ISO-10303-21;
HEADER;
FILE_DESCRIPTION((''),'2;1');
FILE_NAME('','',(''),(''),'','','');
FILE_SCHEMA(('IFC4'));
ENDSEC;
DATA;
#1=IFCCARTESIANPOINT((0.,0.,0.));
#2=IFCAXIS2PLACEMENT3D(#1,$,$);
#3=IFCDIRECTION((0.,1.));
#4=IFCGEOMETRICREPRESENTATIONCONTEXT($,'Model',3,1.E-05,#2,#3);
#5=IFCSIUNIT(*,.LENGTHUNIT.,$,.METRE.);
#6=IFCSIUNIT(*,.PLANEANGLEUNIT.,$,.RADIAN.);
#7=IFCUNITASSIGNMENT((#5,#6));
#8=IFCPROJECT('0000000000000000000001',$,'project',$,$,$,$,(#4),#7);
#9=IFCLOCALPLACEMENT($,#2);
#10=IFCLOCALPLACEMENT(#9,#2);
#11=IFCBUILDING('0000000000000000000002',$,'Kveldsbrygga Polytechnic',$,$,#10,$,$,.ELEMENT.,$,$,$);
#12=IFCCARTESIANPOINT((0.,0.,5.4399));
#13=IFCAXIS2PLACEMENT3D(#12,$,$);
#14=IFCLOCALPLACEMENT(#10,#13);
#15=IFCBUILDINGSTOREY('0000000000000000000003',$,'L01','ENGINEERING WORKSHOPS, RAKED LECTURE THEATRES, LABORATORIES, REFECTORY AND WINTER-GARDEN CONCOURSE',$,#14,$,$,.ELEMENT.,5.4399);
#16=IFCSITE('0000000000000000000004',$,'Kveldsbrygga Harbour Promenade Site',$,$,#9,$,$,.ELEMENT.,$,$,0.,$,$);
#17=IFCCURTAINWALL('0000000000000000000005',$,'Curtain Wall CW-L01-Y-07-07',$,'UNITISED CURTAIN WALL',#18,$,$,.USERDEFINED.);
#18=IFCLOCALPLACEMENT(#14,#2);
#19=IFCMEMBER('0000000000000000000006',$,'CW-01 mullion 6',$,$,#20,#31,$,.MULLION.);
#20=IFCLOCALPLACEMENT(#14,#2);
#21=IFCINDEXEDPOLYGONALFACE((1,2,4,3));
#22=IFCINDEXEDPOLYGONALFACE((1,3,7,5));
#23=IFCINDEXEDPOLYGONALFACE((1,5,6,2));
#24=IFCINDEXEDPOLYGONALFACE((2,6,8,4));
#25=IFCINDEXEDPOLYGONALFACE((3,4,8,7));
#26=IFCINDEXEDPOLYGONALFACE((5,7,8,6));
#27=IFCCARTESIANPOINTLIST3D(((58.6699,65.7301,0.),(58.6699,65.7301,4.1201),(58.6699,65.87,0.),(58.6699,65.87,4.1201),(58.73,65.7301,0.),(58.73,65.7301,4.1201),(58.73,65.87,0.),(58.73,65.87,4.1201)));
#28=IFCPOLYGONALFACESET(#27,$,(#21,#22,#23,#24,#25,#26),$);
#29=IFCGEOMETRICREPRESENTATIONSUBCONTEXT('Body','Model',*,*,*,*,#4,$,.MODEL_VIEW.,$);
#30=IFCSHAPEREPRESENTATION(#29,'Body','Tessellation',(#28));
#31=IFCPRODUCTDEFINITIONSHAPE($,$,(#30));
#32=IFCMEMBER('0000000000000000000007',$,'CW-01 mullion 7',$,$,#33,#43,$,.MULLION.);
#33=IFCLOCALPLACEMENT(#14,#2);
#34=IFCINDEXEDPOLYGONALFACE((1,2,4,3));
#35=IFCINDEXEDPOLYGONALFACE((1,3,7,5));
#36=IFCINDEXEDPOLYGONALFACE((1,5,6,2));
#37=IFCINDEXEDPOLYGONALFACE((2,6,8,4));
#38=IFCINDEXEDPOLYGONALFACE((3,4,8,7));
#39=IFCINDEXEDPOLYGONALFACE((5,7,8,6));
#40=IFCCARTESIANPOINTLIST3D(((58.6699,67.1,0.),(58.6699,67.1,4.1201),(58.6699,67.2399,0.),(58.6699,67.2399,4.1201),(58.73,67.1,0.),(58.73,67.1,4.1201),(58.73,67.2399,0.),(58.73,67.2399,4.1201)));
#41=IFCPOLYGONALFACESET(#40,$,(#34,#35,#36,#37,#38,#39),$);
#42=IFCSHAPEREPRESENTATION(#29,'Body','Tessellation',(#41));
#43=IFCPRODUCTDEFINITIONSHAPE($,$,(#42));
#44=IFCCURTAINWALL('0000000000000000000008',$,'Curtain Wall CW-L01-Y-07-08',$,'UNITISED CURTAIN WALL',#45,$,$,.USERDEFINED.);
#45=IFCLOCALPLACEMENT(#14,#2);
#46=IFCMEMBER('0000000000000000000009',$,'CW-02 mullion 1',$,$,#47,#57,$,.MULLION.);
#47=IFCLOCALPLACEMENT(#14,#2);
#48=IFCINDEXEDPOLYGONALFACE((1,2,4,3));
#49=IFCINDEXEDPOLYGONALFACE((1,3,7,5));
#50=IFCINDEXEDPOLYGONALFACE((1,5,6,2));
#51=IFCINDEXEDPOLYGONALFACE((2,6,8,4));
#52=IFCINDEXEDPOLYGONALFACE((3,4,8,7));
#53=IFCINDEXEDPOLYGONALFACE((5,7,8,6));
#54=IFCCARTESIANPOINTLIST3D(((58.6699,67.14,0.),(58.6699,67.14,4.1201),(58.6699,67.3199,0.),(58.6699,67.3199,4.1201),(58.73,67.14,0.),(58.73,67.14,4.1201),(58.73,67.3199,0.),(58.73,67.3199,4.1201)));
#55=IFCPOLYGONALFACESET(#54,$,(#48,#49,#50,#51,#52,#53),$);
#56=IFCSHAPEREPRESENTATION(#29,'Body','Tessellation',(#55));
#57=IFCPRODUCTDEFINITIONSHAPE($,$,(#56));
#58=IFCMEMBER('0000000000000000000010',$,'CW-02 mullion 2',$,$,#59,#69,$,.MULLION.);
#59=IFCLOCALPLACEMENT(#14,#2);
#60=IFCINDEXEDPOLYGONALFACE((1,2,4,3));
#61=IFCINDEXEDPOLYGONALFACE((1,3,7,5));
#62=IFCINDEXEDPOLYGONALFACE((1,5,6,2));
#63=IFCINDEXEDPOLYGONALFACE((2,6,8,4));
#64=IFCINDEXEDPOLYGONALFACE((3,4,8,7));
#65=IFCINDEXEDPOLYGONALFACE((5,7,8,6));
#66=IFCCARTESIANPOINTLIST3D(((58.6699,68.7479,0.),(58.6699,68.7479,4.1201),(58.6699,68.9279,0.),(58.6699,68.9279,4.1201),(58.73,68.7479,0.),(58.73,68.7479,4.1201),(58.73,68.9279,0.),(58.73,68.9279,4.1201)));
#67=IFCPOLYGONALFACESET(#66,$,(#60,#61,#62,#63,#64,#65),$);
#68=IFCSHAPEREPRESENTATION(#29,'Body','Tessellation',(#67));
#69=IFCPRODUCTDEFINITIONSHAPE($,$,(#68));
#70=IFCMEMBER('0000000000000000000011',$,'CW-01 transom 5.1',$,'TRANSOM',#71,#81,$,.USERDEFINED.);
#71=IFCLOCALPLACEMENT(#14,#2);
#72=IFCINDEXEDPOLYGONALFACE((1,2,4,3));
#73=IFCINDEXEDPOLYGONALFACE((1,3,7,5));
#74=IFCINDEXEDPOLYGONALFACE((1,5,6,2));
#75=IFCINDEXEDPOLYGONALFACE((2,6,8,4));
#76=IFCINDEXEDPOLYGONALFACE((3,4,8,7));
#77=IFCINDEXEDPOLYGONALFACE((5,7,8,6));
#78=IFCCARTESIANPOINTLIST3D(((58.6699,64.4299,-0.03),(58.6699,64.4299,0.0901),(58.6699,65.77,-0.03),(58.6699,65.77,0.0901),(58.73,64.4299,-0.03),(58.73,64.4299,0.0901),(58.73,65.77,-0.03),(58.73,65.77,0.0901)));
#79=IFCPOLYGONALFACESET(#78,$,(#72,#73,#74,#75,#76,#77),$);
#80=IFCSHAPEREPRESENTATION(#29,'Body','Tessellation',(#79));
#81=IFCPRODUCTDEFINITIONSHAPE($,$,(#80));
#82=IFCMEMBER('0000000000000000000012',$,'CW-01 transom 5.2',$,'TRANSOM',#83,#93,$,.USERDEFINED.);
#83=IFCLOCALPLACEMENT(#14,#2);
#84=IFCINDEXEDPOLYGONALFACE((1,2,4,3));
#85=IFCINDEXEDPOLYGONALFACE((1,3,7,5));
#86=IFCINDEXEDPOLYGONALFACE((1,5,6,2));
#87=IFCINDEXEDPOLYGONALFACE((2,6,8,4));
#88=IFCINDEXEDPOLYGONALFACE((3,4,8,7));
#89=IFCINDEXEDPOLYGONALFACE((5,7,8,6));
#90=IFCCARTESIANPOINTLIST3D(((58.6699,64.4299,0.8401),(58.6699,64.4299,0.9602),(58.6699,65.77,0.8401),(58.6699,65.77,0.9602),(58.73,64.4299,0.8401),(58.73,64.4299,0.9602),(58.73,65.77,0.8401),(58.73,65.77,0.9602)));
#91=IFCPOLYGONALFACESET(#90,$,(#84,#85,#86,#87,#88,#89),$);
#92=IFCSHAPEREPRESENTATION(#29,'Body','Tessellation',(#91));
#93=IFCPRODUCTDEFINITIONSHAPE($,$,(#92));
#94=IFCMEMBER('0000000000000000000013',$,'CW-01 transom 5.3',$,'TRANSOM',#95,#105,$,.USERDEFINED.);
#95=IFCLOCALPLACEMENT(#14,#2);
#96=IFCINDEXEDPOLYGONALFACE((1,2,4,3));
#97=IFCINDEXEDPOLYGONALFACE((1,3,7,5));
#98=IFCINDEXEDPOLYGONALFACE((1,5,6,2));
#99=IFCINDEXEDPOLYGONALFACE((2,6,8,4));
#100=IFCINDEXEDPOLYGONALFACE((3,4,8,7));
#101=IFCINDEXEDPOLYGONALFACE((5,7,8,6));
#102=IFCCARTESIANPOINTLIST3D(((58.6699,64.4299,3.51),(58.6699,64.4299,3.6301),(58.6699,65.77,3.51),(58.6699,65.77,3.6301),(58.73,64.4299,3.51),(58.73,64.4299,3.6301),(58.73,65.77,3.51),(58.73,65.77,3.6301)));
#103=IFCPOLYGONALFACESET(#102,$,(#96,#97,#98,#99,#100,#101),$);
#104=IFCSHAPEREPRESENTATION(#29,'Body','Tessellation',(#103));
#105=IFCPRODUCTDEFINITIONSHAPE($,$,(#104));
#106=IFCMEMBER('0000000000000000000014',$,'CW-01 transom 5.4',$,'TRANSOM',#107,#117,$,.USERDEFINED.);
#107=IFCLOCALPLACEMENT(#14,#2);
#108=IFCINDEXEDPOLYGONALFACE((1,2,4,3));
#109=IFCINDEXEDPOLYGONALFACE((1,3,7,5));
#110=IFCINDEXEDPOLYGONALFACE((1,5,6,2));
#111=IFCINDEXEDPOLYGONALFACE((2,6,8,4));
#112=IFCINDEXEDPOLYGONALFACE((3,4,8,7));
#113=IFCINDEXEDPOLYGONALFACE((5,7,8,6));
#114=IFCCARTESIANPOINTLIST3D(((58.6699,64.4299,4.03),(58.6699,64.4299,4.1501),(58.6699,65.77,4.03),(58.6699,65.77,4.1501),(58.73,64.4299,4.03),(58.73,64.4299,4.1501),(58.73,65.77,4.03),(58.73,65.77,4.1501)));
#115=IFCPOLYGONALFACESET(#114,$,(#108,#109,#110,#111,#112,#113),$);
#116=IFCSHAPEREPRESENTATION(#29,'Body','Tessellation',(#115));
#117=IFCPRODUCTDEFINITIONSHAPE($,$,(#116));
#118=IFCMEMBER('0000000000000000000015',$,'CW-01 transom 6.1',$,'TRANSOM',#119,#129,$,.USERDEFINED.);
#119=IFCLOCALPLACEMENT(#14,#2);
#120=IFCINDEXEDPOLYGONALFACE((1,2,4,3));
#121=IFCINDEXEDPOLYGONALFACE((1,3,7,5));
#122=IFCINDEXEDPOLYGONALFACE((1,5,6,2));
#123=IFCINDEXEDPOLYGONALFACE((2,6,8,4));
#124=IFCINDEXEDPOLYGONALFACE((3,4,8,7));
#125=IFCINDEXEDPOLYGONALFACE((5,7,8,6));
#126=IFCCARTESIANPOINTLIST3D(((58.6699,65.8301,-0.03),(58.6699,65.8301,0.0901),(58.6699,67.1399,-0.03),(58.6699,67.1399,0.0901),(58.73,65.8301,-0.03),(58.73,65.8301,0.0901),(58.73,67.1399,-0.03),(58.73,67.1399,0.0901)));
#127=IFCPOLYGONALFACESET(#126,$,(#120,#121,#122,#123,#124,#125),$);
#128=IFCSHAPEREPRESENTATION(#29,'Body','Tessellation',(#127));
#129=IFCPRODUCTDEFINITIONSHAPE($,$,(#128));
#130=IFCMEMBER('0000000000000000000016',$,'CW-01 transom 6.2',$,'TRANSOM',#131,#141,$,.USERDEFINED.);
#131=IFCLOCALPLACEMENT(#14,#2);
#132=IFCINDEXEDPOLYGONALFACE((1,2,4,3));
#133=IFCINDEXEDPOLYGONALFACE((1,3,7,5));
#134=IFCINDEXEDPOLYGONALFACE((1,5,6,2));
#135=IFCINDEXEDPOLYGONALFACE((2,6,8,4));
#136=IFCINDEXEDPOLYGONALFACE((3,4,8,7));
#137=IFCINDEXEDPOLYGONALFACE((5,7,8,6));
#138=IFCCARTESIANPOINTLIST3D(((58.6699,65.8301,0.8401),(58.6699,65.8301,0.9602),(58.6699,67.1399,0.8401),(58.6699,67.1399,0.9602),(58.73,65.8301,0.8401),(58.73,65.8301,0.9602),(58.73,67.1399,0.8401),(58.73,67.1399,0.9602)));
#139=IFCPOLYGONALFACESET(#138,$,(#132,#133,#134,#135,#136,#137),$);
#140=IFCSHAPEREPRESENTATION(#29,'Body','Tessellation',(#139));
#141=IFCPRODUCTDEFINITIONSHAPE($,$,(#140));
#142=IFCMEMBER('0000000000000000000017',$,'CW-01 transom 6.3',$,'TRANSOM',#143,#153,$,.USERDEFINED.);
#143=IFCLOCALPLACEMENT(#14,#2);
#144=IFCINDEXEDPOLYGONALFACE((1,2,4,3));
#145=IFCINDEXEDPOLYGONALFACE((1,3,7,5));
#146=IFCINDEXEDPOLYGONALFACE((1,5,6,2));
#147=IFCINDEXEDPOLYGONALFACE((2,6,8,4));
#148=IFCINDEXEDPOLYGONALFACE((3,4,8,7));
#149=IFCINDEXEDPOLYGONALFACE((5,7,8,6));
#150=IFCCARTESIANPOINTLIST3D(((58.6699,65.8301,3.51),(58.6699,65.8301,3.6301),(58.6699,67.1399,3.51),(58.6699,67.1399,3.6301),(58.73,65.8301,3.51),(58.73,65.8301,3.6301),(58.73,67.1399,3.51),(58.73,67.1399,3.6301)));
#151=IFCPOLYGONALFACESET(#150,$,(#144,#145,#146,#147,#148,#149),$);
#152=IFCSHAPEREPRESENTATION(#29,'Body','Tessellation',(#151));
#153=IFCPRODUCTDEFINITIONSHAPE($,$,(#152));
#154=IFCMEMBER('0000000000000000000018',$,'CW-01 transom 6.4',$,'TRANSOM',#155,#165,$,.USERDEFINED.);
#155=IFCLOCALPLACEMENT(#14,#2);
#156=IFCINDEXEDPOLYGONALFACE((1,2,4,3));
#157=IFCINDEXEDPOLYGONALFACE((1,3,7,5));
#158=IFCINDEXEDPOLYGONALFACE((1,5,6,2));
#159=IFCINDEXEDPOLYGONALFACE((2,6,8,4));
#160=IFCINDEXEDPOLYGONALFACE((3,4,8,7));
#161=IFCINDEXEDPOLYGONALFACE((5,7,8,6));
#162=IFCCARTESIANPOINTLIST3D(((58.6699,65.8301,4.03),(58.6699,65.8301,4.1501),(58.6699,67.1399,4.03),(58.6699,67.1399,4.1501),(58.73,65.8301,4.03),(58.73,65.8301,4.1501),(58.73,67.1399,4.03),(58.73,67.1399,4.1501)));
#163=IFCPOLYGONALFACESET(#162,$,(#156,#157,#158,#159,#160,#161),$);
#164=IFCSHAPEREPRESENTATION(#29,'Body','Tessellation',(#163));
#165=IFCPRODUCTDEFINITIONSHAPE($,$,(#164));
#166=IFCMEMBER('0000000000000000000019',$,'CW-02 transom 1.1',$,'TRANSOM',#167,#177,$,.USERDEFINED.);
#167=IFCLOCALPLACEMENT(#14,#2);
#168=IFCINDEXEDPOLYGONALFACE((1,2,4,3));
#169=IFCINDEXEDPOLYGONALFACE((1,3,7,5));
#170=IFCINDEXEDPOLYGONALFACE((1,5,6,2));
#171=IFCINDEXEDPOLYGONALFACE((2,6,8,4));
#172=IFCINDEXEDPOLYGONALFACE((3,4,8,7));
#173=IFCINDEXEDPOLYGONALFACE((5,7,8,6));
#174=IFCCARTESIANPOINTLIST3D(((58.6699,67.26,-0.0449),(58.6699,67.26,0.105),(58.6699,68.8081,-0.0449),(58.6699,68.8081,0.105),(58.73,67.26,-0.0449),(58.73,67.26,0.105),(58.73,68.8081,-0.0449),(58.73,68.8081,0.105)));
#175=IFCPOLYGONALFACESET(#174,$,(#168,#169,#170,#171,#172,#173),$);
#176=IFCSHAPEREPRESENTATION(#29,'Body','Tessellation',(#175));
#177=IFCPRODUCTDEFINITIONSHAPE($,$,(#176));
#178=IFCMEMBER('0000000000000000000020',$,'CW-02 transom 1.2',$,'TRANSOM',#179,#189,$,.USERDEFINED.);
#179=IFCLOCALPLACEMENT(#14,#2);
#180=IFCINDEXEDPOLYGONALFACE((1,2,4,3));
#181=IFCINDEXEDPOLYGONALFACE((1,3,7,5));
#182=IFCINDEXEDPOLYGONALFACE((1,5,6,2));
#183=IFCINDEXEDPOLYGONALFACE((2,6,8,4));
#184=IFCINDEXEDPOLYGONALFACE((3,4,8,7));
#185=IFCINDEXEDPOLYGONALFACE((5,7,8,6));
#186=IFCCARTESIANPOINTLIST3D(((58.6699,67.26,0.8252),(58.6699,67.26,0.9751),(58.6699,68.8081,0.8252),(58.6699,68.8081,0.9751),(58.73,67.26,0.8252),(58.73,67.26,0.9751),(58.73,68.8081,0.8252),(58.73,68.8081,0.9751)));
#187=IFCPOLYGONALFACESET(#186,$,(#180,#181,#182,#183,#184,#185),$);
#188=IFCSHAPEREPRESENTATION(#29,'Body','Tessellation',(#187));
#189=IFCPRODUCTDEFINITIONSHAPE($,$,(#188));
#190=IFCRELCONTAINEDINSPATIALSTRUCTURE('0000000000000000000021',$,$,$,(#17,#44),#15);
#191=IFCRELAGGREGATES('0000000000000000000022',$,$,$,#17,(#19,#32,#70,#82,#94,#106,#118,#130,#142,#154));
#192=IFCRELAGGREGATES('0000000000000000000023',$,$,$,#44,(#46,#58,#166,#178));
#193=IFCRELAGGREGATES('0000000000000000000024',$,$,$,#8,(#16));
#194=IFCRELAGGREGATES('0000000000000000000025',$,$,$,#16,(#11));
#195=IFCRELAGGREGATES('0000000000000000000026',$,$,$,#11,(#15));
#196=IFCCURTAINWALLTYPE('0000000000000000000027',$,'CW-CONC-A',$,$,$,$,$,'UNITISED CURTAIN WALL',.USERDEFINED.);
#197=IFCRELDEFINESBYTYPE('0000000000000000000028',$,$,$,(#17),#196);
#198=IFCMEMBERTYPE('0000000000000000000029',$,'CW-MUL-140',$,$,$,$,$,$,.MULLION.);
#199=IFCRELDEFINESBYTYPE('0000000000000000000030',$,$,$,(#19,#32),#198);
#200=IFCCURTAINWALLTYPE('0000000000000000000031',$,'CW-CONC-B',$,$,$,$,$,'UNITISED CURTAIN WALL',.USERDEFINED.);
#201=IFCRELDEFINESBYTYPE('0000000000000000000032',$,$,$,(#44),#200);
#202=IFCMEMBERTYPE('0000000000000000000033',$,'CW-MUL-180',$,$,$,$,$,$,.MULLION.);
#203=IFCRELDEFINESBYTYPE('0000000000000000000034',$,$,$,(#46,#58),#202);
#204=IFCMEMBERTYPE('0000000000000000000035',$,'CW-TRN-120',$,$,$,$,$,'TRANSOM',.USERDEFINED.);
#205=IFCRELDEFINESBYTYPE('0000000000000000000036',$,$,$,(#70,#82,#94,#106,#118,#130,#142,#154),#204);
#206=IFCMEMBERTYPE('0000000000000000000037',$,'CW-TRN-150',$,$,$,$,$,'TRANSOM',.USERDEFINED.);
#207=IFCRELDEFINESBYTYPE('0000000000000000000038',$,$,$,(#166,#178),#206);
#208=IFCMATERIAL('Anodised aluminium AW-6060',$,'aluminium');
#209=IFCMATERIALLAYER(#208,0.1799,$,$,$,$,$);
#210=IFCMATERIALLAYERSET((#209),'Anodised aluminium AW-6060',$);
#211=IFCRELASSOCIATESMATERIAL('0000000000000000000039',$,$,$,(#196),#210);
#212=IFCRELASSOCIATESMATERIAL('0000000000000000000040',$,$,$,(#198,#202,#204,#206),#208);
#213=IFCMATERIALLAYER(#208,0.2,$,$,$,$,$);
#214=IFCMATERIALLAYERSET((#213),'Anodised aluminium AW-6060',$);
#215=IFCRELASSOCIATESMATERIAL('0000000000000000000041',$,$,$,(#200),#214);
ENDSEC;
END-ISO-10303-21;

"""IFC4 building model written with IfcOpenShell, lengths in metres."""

from ifc_helpers import new_model, si_unit, direction, frame, origin, origin_2d, place, context, subcontext, project, spatial, rectangle, extrude, material, layer, layer_set, material_profile, profile_set, type_object, element, aggregate, save


model = new_model("IFC4")

# Units and contexts
model_context = context("Model", 3, precision=1e-05, world=origin(), true_north=direction((0.0, 1.0)))
body_context = subcontext(model_context, "Body", "Model", "MODEL_VIEW")
ifc_project = project(units=[si_unit("LENGTHUNIT", "METRE"), si_unit("PLANEANGLEUNIT", "RADIAN")], contexts=[model_context])

# Site, building, storey
site_placement = place(None, origin())
site = spatial("IfcSite", under=ifc_project, at=site_placement, Name="Kveldsbrygga Harbour Promenade Site", CompositionType="ELEMENT", RefElevation=0.0)
building_placement = place(site_placement, origin())
building = spatial("IfcBuilding", under=site, at=building_placement, Name="Kveldsbrygga Polytechnic", CompositionType="ELEMENT")
storey_placement = place(building_placement, frame((0.0, 0.0, 5.4399)))
storey = spatial("IfcBuildingStorey", under=building, at=storey_placement, Name="L01", Description="ENGINEERING WORKSHOPS, RAKED LECTURE THEATRES, LABORATORIES, REFECTORY AND WINTER-GARDEN CONCOURSE", CompositionType="ELEMENT", Elevation=5.4399)

# Curtain walls, members
ifc_material_1 = material(Name="Anodised aluminium AW-6060", Category="aluminium")
ifc_layer_1 = layer(ifc_material_1, 0.1799)
ifc_layer_set_1 = layer_set([ifc_layer_1], Name="Anodised aluminium AW-6060")
curtain_wall_type_1 = type_object("IfcCurtainWallType", Name="CW-CONC-A", ElementType="UNITISED CURTAIN WALL", PredefinedType="USERDEFINED", material=ifc_layer_set_1)
curtain_wall_1_placement = place(storey_placement, origin())
curtain_wall_1 = element("IfcCurtainWall", 1, at=curtain_wall_1_placement, inside=storey, type_object=curtain_wall_type_1, Name="Curtain Wall CW-L01-Y-07-07", ObjectType="UNITISED CURTAIN WALL", PredefinedType="USERDEFINED")
ifc_material_profile_1 = material_profile(ifc_material_1, rectangle(XDim=0.0601, YDim=0.1399, at=origin_2d()), Name="ALU 60x140")
ifc_profile_set_1 = profile_set([ifc_material_profile_1], Name="Anodised aluminium AW-6060")
member_type_1 = type_object("IfcMemberType", Name="CW-MUL-140", PredefinedType="MULLION", material=ifc_profile_set_1)
member_1_placement = place(storey_placement, frame((58.7, 65.8, 0.0), z_axis=(0.0, 0.0, 1.0), x_axis=(-1.0, 0.0, 0.0)))
member_1 = element("IfcMember", 2, at=member_1_placement, type_object=member_type_1, Name="CW-01 mullion 6", PredefinedType="MULLION", context=body_context, shape_type="SweptSolid", body=[
    extrude(rectangle(XDim=0.0601, YDim=0.1399, at=origin_2d()), origin(), (0.0, 0.0, 1.0), 4.1201),
])
member_2_placement = place(storey_placement, frame((58.7, 67.1699, 0.0), z_axis=(0.0, 0.0, 1.0), x_axis=(-1.0, 0.0, 0.0)))
member_2 = element("IfcMember", 3, at=member_2_placement, type_object=member_type_1, Name="CW-01 mullion 7", PredefinedType="MULLION", context=body_context, shape_type="SweptSolid", body=[
    extrude(rectangle(XDim=0.0601, YDim=0.1399, at=origin_2d()), origin(), (0.0, 0.0, 1.0), 4.1201),
])
ifc_layer_2 = layer(ifc_material_1, 0.2)
ifc_layer_set_2 = layer_set([ifc_layer_2], Name="Anodised aluminium AW-6060")
curtain_wall_type_2 = type_object("IfcCurtainWallType", Name="CW-CONC-B", ElementType="UNITISED CURTAIN WALL", PredefinedType="USERDEFINED", material=ifc_layer_set_2)
curtain_wall_2_placement = place(storey_placement, origin())
curtain_wall_2 = element("IfcCurtainWall", 4, at=curtain_wall_2_placement, inside=storey, type_object=curtain_wall_type_2, Name="Curtain Wall CW-L01-Y-07-08", ObjectType="UNITISED CURTAIN WALL", PredefinedType="USERDEFINED")
ifc_material_profile_2 = material_profile(ifc_material_1, rectangle(XDim=0.0601, YDim=0.1799, at=origin_2d()), Name="ALU 60x180")
ifc_profile_set_2 = profile_set([ifc_material_profile_2], Name="Anodised aluminium AW-6060")
member_type_2 = type_object("IfcMemberType", Name="CW-MUL-180", PredefinedType="MULLION", material=ifc_profile_set_2)
member_3_placement = place(storey_placement, frame((58.7, 67.23, 0.0), z_axis=(0.0, 0.0, 1.0), x_axis=(-1.0, 0.0, 0.0)))
member_3 = element("IfcMember", 5, at=member_3_placement, type_object=member_type_2, Name="CW-02 mullion 1", PredefinedType="MULLION", context=body_context, shape_type="SweptSolid", body=[
    extrude(rectangle(XDim=0.0601, YDim=0.1799, at=origin_2d()), origin(), (0.0, 0.0, 1.0), 4.1201),
])
member_4_placement = place(storey_placement, frame((58.7, 68.8379, 0.0), z_axis=(0.0, 0.0, 1.0), x_axis=(-1.0, 0.0, 0.0)))
member_4 = element("IfcMember", 6, at=member_4_placement, type_object=member_type_2, Name="CW-02 mullion 2", PredefinedType="MULLION", context=body_context, shape_type="SweptSolid", body=[
    extrude(rectangle(XDim=0.0601, YDim=0.1799, at=origin_2d()), origin(), (0.0, 0.0, 1.0), 4.1201),
])

# Members
ifc_material_profile_3 = material_profile(ifc_material_1, rectangle(XDim=0.0601, YDim=0.1201, at=origin_2d()), Name="ALU 60x120")
ifc_profile_set_3 = profile_set([ifc_material_profile_3], Name="Anodised aluminium AW-6060")
member_type_3 = type_object("IfcMemberType", Name="CW-TRN-120", ElementType="TRANSOM", PredefinedType="USERDEFINED", material=ifc_profile_set_3)
member_5_placement = place(storey_placement, frame((58.7, 64.4299, 0.03), z_axis=(0.0, 1.0, 0.0), x_axis=(-1.0, 0.0, 0.0)))
member_5 = element("IfcMember", 7, at=member_5_placement, type_object=member_type_3, Name="CW-01 transom 5.1", ObjectType="TRANSOM", PredefinedType="USERDEFINED", context=body_context, shape_type="SweptSolid", body=[
    extrude(rectangle(XDim=0.0601, YDim=0.1201, at=origin_2d()), origin(), (0.0, 0.0, 1.0), 1.3401),
])
member_6_placement = place(storey_placement, frame((58.7, 64.4299, 0.9001), z_axis=(0.0, 1.0, 0.0), x_axis=(-1.0, 0.0, 0.0)))
member_6 = element("IfcMember", 8, at=member_6_placement, type_object=member_type_3, Name="CW-01 transom 5.2", ObjectType="TRANSOM", PredefinedType="USERDEFINED", context=body_context, shape_type="SweptSolid", body=[
    extrude(rectangle(XDim=0.0601, YDim=0.1201, at=origin_2d()), origin(), (0.0, 0.0, 1.0), 1.3401),
])
member_7_placement = place(storey_placement, frame((58.7, 64.4299, 3.5701), z_axis=(0.0, 1.0, 0.0), x_axis=(-1.0, 0.0, 0.0)))
member_7 = element("IfcMember", 9, at=member_7_placement, type_object=member_type_3, Name="CW-01 transom 5.3", ObjectType="TRANSOM", PredefinedType="USERDEFINED", context=body_context, shape_type="SweptSolid", body=[
    extrude(rectangle(XDim=0.0601, YDim=0.1201, at=origin_2d()), origin(), (0.0, 0.0, 1.0), 1.3401),
])
member_8_placement = place(storey_placement, frame((58.7, 64.4299, 4.0901), z_axis=(0.0, 1.0, 0.0), x_axis=(-1.0, 0.0, 0.0)))
member_8 = element("IfcMember", 10, at=member_8_placement, type_object=member_type_3, Name="CW-01 transom 5.4", ObjectType="TRANSOM", PredefinedType="USERDEFINED", context=body_context, shape_type="SweptSolid", body=[
    extrude(rectangle(XDim=0.0601, YDim=0.1201, at=origin_2d()), origin(), (0.0, 0.0, 1.0), 1.3401),
])
member_9_placement = place(storey_placement, frame((58.7, 65.8301, 0.03), z_axis=(0.0, 1.0, 0.0), x_axis=(-1.0, 0.0, 0.0)))
member_9 = element("IfcMember", 11, at=member_9_placement, type_object=member_type_3, Name="CW-01 transom 6.1", ObjectType="TRANSOM", PredefinedType="USERDEFINED", context=body_context, shape_type="SweptSolid", body=[
    extrude(rectangle(XDim=0.0601, YDim=0.1201, at=origin_2d()), origin(), (0.0, 0.0, 1.0), 1.3098),
])
member_10_placement = place(storey_placement, frame((58.7, 65.8301, 0.9001), z_axis=(0.0, 1.0, 0.0), x_axis=(-1.0, 0.0, 0.0)))
member_10 = element("IfcMember", 12, at=member_10_placement, type_object=member_type_3, Name="CW-01 transom 6.2", ObjectType="TRANSOM", PredefinedType="USERDEFINED", context=body_context, shape_type="SweptSolid", body=[
    extrude(rectangle(XDim=0.0601, YDim=0.1201, at=origin_2d()), origin(), (0.0, 0.0, 1.0), 1.3098),
])
member_11_placement = place(storey_placement, frame((58.7, 65.8301, 3.5701), z_axis=(0.0, 1.0, 0.0), x_axis=(-1.0, 0.0, 0.0)))
member_11 = element("IfcMember", 13, at=member_11_placement, type_object=member_type_3, Name="CW-01 transom 6.3", ObjectType="TRANSOM", PredefinedType="USERDEFINED", context=body_context, shape_type="SweptSolid", body=[
    extrude(rectangle(XDim=0.0601, YDim=0.1201, at=origin_2d()), origin(), (0.0, 0.0, 1.0), 1.3098),
])
member_12_placement = place(storey_placement, frame((58.7, 65.8301, 4.0901), z_axis=(0.0, 1.0, 0.0), x_axis=(-1.0, 0.0, 0.0)))
member_12 = element("IfcMember", 14, at=member_12_placement, type_object=member_type_3, Name="CW-01 transom 6.4", ObjectType="TRANSOM", PredefinedType="USERDEFINED", context=body_context, shape_type="SweptSolid", body=[
    extrude(rectangle(XDim=0.0601, YDim=0.1201, at=origin_2d()), origin(), (0.0, 0.0, 1.0), 1.3098),
])
ifc_material_profile_4 = material_profile(ifc_material_1, rectangle(XDim=0.0601, YDim=0.1499, at=origin_2d()), Name="ALU 60x150")
ifc_profile_set_4 = profile_set([ifc_material_profile_4], Name="Anodised aluminium AW-6060")
member_type_4 = type_object("IfcMemberType", Name="CW-TRN-150", ElementType="TRANSOM", PredefinedType="USERDEFINED", material=ifc_profile_set_4)
member_13_placement = place(storey_placement, frame((58.7, 67.26, 0.03), z_axis=(0.0, 1.0, 0.0), x_axis=(-1.0, 0.0, 0.0)))
member_13 = element("IfcMember", 15, at=member_13_placement, type_object=member_type_4, Name="CW-02 transom 1.1", ObjectType="TRANSOM", PredefinedType="USERDEFINED", context=body_context, shape_type="SweptSolid", body=[
    extrude(rectangle(XDim=0.0601, YDim=0.1499, at=origin_2d()), origin(), (0.0, 0.0, 1.0), 1.5481),
])
member_14_placement = place(storey_placement, frame((58.7, 67.26, 0.9001), z_axis=(0.0, 1.0, 0.0), x_axis=(-1.0, 0.0, 0.0)))
member_14 = element("IfcMember", 16, at=member_14_placement, type_object=member_type_4, Name="CW-02 transom 1.2", ObjectType="TRANSOM", PredefinedType="USERDEFINED", context=body_context, shape_type="SweptSolid", body=[
    extrude(rectangle(XDim=0.0601, YDim=0.1499, at=origin_2d()), origin(), (0.0, 0.0, 1.0), 1.5481),
])

aggregate(curtain_wall_1, [member_1, member_2, member_5, member_6, member_7, member_8, member_9, member_10, member_11, member_12])
aggregate(curtain_wall_2, [member_3, member_4, member_13, member_14])

save(model, "model.ifc")
